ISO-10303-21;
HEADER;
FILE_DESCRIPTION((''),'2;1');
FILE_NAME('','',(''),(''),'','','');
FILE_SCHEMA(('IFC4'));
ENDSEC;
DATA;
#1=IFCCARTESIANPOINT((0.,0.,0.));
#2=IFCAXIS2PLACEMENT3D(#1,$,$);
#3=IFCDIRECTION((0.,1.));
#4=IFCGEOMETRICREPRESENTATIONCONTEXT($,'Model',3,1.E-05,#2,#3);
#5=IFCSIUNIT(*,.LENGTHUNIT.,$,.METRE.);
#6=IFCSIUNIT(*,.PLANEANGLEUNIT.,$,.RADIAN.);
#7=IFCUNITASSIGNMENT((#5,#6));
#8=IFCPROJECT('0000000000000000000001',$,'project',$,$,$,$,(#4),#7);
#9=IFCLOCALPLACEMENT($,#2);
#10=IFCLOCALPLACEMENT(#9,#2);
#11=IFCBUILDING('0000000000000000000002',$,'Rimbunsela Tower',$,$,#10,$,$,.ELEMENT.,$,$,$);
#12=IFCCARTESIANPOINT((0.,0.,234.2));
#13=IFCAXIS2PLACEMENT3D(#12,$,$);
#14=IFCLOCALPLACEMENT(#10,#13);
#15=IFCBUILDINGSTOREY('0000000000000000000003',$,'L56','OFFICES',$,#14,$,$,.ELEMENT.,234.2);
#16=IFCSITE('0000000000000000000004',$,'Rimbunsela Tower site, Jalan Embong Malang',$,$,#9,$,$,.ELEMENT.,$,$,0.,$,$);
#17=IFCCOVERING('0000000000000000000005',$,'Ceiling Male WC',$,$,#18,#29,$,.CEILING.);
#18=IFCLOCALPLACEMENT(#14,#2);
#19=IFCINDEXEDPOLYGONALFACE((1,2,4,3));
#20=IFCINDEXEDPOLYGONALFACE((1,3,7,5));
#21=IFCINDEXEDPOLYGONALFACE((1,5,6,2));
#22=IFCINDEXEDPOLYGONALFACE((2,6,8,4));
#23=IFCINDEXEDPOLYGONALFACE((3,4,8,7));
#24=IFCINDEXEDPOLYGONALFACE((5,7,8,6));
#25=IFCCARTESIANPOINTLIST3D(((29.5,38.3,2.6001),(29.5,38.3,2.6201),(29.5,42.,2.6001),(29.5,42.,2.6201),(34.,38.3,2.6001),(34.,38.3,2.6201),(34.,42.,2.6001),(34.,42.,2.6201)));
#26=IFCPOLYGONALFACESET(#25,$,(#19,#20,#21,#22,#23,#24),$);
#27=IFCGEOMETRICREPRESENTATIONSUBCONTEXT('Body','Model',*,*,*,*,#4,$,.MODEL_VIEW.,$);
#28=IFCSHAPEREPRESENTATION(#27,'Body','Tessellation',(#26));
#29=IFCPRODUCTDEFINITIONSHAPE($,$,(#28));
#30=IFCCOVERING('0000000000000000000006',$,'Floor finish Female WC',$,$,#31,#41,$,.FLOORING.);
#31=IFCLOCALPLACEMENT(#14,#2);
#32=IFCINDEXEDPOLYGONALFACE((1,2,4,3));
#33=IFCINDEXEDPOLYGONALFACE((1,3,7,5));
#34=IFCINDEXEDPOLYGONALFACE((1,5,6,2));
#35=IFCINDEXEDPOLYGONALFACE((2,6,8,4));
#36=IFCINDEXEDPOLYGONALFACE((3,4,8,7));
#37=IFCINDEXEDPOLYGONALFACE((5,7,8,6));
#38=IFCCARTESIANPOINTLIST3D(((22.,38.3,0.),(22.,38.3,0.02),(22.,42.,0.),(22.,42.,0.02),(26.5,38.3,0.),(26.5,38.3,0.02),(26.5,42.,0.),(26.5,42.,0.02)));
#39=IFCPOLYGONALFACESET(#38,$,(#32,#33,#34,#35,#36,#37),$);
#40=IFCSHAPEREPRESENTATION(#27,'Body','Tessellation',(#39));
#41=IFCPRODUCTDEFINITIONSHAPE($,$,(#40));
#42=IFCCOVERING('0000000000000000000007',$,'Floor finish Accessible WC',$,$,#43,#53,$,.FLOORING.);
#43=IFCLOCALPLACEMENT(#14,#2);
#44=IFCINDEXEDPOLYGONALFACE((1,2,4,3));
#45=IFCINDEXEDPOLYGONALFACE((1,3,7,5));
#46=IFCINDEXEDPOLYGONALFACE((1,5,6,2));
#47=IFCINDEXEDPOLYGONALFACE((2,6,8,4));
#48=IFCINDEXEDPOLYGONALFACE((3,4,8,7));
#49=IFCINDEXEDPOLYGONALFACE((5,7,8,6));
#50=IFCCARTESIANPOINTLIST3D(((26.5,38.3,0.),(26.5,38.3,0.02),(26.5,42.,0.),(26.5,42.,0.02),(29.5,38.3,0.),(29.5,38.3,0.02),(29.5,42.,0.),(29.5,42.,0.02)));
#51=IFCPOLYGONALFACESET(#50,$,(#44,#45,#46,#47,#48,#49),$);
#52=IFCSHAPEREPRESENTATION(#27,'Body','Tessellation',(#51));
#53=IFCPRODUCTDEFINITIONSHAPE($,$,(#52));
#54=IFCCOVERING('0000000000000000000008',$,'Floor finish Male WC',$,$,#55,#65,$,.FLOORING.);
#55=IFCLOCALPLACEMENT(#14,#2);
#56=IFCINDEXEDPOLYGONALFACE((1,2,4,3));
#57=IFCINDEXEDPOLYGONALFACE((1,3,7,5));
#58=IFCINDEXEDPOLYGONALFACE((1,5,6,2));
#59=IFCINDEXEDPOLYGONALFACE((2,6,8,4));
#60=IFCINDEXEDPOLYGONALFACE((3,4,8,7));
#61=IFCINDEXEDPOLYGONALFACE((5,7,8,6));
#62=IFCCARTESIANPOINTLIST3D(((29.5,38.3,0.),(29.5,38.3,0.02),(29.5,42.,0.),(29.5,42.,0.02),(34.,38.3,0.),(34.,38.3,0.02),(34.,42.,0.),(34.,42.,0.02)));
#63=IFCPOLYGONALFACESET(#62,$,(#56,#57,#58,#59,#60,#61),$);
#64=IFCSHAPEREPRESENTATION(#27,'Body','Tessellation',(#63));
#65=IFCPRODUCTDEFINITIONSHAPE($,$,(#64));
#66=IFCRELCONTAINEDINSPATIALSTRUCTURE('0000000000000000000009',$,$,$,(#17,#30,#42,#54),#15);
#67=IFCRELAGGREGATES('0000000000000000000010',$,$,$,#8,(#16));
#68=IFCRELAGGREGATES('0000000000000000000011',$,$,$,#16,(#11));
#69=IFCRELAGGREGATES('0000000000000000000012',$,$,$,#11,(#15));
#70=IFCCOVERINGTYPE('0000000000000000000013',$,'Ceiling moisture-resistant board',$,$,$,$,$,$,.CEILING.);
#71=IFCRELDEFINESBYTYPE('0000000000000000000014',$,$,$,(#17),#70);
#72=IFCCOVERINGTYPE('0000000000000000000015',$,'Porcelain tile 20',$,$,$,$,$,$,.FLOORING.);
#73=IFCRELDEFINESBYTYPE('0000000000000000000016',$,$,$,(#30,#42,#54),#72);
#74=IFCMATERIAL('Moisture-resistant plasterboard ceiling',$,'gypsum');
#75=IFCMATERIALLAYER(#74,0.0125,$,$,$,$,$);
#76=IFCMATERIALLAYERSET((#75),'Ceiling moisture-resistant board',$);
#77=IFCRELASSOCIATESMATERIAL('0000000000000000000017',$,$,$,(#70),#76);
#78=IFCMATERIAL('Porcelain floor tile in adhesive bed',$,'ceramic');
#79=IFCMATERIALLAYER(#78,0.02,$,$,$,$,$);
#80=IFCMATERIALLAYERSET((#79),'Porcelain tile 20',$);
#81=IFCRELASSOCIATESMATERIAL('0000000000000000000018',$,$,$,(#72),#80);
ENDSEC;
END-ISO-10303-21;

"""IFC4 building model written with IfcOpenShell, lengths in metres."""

from ifc_helpers import new_model, si_unit, direction, frame, origin, place, context, subcontext, project, spatial, polyline, outline, extrude, material, layer, layer_set, type_object, element, save


model = new_model("IFC4")

# Units and contexts
model_context = context("Model", 3, precision=1e-05, world=origin(), true_north=direction((0.0, 1.0)))
body_context = subcontext(model_context, "Body", "Model", "MODEL_VIEW")
ifc_project = project(units=[si_unit("LENGTHUNIT", "METRE"), si_unit("PLANEANGLEUNIT", "RADIAN")], contexts=[model_context])

# Site, building, storey
site_placement = place(None, origin())
site = spatial("IfcSite", under=ifc_project, at=site_placement, Name="Rimbunsela Tower site, Jalan Embong Malang", CompositionType="ELEMENT", RefElevation=0.0)
building_placement = place(site_placement, origin())
building = spatial("IfcBuilding", under=site, at=building_placement, Name="Rimbunsela Tower", CompositionType="ELEMENT")
storey_placement = place(building_placement, frame((0.0, 0.0, 234.2)))
storey = spatial("IfcBuildingStorey", under=building, at=storey_placement, Name="L56", Description="OFFICES", CompositionType="ELEMENT", Elevation=234.2)

# Coverings
ifc_material_1 = material(Name="Moisture-resistant plasterboard ceiling", Category="gypsum")
ifc_layer_1 = layer(ifc_material_1, 0.0125)
ifc_layer_set_1 = layer_set([ifc_layer_1], Name="Ceiling moisture-resistant board")
covering_type_1 = type_object("IfcCoveringType", Name="Ceiling moisture-resistant board", PredefinedType="CEILING", material=ifc_layer_set_1)
covering_1_placement = place(storey_placement, frame((0.0, 0.0, 2.6001)))
element("IfcCovering", 1, at=covering_1_placement, inside=storey, type_object=covering_type_1, Name="Ceiling Male WC", PredefinedType="CEILING", context=body_context, shape_type="SweptSolid", body=[
    extrude(outline(polyline([(34.0, 38.3), (34.0, 42.0), (29.5, 42.0), (29.5, 38.3), (34.0, 38.3)])), origin(), (0.0, 0.0, 1.0), 0.02),
])
ifc_material_2 = material(Name="Porcelain floor tile in adhesive bed", Category="ceramic")
ifc_layer_2 = layer(ifc_material_2, 0.02)
ifc_layer_set_2 = layer_set([ifc_layer_2], Name="Porcelain tile 20")
covering_type_2 = type_object("IfcCoveringType", Name="Porcelain tile 20", PredefinedType="FLOORING", material=ifc_layer_set_2)
covering_2_placement = place(storey_placement, origin())
element("IfcCovering", 2, at=covering_2_placement, inside=storey, type_object=covering_type_2, Name="Floor finish Female WC", PredefinedType="FLOORING", context=body_context, shape_type="SweptSolid", body=[
    extrude(outline(polyline([(26.5, 38.3), (26.5, 42.0), (22.0, 42.0), (22.0, 38.3), (26.5, 38.3)])), origin(), (0.0, 0.0, 1.0), 0.02),
])
covering_3_placement = place(storey_placement, origin())
element("IfcCovering", 3, at=covering_3_placement, inside=storey, type_object=covering_type_2, Name="Floor finish Accessible WC", PredefinedType="FLOORING", context=body_context, shape_type="SweptSolid", body=[
    extrude(outline(polyline([(29.5, 38.3), (29.5, 42.0), (26.5, 42.0), (26.5, 38.3), (29.5, 38.3)])), origin(), (0.0, 0.0, 1.0), 0.02),
])
covering_4_placement = place(storey_placement, origin())
element("IfcCovering", 4, at=covering_4_placement, inside=storey, type_object=covering_type_2, Name="Floor finish Male WC", PredefinedType="FLOORING", context=body_context, shape_type="SweptSolid", body=[
    extrude(outline(polyline([(34.0, 38.3), (34.0, 42.0), (29.5, 42.0), (29.5, 38.3), (34.0, 38.3)])), origin(), (0.0, 0.0, 1.0), 0.02),
])

save(model, "model.ifc")
